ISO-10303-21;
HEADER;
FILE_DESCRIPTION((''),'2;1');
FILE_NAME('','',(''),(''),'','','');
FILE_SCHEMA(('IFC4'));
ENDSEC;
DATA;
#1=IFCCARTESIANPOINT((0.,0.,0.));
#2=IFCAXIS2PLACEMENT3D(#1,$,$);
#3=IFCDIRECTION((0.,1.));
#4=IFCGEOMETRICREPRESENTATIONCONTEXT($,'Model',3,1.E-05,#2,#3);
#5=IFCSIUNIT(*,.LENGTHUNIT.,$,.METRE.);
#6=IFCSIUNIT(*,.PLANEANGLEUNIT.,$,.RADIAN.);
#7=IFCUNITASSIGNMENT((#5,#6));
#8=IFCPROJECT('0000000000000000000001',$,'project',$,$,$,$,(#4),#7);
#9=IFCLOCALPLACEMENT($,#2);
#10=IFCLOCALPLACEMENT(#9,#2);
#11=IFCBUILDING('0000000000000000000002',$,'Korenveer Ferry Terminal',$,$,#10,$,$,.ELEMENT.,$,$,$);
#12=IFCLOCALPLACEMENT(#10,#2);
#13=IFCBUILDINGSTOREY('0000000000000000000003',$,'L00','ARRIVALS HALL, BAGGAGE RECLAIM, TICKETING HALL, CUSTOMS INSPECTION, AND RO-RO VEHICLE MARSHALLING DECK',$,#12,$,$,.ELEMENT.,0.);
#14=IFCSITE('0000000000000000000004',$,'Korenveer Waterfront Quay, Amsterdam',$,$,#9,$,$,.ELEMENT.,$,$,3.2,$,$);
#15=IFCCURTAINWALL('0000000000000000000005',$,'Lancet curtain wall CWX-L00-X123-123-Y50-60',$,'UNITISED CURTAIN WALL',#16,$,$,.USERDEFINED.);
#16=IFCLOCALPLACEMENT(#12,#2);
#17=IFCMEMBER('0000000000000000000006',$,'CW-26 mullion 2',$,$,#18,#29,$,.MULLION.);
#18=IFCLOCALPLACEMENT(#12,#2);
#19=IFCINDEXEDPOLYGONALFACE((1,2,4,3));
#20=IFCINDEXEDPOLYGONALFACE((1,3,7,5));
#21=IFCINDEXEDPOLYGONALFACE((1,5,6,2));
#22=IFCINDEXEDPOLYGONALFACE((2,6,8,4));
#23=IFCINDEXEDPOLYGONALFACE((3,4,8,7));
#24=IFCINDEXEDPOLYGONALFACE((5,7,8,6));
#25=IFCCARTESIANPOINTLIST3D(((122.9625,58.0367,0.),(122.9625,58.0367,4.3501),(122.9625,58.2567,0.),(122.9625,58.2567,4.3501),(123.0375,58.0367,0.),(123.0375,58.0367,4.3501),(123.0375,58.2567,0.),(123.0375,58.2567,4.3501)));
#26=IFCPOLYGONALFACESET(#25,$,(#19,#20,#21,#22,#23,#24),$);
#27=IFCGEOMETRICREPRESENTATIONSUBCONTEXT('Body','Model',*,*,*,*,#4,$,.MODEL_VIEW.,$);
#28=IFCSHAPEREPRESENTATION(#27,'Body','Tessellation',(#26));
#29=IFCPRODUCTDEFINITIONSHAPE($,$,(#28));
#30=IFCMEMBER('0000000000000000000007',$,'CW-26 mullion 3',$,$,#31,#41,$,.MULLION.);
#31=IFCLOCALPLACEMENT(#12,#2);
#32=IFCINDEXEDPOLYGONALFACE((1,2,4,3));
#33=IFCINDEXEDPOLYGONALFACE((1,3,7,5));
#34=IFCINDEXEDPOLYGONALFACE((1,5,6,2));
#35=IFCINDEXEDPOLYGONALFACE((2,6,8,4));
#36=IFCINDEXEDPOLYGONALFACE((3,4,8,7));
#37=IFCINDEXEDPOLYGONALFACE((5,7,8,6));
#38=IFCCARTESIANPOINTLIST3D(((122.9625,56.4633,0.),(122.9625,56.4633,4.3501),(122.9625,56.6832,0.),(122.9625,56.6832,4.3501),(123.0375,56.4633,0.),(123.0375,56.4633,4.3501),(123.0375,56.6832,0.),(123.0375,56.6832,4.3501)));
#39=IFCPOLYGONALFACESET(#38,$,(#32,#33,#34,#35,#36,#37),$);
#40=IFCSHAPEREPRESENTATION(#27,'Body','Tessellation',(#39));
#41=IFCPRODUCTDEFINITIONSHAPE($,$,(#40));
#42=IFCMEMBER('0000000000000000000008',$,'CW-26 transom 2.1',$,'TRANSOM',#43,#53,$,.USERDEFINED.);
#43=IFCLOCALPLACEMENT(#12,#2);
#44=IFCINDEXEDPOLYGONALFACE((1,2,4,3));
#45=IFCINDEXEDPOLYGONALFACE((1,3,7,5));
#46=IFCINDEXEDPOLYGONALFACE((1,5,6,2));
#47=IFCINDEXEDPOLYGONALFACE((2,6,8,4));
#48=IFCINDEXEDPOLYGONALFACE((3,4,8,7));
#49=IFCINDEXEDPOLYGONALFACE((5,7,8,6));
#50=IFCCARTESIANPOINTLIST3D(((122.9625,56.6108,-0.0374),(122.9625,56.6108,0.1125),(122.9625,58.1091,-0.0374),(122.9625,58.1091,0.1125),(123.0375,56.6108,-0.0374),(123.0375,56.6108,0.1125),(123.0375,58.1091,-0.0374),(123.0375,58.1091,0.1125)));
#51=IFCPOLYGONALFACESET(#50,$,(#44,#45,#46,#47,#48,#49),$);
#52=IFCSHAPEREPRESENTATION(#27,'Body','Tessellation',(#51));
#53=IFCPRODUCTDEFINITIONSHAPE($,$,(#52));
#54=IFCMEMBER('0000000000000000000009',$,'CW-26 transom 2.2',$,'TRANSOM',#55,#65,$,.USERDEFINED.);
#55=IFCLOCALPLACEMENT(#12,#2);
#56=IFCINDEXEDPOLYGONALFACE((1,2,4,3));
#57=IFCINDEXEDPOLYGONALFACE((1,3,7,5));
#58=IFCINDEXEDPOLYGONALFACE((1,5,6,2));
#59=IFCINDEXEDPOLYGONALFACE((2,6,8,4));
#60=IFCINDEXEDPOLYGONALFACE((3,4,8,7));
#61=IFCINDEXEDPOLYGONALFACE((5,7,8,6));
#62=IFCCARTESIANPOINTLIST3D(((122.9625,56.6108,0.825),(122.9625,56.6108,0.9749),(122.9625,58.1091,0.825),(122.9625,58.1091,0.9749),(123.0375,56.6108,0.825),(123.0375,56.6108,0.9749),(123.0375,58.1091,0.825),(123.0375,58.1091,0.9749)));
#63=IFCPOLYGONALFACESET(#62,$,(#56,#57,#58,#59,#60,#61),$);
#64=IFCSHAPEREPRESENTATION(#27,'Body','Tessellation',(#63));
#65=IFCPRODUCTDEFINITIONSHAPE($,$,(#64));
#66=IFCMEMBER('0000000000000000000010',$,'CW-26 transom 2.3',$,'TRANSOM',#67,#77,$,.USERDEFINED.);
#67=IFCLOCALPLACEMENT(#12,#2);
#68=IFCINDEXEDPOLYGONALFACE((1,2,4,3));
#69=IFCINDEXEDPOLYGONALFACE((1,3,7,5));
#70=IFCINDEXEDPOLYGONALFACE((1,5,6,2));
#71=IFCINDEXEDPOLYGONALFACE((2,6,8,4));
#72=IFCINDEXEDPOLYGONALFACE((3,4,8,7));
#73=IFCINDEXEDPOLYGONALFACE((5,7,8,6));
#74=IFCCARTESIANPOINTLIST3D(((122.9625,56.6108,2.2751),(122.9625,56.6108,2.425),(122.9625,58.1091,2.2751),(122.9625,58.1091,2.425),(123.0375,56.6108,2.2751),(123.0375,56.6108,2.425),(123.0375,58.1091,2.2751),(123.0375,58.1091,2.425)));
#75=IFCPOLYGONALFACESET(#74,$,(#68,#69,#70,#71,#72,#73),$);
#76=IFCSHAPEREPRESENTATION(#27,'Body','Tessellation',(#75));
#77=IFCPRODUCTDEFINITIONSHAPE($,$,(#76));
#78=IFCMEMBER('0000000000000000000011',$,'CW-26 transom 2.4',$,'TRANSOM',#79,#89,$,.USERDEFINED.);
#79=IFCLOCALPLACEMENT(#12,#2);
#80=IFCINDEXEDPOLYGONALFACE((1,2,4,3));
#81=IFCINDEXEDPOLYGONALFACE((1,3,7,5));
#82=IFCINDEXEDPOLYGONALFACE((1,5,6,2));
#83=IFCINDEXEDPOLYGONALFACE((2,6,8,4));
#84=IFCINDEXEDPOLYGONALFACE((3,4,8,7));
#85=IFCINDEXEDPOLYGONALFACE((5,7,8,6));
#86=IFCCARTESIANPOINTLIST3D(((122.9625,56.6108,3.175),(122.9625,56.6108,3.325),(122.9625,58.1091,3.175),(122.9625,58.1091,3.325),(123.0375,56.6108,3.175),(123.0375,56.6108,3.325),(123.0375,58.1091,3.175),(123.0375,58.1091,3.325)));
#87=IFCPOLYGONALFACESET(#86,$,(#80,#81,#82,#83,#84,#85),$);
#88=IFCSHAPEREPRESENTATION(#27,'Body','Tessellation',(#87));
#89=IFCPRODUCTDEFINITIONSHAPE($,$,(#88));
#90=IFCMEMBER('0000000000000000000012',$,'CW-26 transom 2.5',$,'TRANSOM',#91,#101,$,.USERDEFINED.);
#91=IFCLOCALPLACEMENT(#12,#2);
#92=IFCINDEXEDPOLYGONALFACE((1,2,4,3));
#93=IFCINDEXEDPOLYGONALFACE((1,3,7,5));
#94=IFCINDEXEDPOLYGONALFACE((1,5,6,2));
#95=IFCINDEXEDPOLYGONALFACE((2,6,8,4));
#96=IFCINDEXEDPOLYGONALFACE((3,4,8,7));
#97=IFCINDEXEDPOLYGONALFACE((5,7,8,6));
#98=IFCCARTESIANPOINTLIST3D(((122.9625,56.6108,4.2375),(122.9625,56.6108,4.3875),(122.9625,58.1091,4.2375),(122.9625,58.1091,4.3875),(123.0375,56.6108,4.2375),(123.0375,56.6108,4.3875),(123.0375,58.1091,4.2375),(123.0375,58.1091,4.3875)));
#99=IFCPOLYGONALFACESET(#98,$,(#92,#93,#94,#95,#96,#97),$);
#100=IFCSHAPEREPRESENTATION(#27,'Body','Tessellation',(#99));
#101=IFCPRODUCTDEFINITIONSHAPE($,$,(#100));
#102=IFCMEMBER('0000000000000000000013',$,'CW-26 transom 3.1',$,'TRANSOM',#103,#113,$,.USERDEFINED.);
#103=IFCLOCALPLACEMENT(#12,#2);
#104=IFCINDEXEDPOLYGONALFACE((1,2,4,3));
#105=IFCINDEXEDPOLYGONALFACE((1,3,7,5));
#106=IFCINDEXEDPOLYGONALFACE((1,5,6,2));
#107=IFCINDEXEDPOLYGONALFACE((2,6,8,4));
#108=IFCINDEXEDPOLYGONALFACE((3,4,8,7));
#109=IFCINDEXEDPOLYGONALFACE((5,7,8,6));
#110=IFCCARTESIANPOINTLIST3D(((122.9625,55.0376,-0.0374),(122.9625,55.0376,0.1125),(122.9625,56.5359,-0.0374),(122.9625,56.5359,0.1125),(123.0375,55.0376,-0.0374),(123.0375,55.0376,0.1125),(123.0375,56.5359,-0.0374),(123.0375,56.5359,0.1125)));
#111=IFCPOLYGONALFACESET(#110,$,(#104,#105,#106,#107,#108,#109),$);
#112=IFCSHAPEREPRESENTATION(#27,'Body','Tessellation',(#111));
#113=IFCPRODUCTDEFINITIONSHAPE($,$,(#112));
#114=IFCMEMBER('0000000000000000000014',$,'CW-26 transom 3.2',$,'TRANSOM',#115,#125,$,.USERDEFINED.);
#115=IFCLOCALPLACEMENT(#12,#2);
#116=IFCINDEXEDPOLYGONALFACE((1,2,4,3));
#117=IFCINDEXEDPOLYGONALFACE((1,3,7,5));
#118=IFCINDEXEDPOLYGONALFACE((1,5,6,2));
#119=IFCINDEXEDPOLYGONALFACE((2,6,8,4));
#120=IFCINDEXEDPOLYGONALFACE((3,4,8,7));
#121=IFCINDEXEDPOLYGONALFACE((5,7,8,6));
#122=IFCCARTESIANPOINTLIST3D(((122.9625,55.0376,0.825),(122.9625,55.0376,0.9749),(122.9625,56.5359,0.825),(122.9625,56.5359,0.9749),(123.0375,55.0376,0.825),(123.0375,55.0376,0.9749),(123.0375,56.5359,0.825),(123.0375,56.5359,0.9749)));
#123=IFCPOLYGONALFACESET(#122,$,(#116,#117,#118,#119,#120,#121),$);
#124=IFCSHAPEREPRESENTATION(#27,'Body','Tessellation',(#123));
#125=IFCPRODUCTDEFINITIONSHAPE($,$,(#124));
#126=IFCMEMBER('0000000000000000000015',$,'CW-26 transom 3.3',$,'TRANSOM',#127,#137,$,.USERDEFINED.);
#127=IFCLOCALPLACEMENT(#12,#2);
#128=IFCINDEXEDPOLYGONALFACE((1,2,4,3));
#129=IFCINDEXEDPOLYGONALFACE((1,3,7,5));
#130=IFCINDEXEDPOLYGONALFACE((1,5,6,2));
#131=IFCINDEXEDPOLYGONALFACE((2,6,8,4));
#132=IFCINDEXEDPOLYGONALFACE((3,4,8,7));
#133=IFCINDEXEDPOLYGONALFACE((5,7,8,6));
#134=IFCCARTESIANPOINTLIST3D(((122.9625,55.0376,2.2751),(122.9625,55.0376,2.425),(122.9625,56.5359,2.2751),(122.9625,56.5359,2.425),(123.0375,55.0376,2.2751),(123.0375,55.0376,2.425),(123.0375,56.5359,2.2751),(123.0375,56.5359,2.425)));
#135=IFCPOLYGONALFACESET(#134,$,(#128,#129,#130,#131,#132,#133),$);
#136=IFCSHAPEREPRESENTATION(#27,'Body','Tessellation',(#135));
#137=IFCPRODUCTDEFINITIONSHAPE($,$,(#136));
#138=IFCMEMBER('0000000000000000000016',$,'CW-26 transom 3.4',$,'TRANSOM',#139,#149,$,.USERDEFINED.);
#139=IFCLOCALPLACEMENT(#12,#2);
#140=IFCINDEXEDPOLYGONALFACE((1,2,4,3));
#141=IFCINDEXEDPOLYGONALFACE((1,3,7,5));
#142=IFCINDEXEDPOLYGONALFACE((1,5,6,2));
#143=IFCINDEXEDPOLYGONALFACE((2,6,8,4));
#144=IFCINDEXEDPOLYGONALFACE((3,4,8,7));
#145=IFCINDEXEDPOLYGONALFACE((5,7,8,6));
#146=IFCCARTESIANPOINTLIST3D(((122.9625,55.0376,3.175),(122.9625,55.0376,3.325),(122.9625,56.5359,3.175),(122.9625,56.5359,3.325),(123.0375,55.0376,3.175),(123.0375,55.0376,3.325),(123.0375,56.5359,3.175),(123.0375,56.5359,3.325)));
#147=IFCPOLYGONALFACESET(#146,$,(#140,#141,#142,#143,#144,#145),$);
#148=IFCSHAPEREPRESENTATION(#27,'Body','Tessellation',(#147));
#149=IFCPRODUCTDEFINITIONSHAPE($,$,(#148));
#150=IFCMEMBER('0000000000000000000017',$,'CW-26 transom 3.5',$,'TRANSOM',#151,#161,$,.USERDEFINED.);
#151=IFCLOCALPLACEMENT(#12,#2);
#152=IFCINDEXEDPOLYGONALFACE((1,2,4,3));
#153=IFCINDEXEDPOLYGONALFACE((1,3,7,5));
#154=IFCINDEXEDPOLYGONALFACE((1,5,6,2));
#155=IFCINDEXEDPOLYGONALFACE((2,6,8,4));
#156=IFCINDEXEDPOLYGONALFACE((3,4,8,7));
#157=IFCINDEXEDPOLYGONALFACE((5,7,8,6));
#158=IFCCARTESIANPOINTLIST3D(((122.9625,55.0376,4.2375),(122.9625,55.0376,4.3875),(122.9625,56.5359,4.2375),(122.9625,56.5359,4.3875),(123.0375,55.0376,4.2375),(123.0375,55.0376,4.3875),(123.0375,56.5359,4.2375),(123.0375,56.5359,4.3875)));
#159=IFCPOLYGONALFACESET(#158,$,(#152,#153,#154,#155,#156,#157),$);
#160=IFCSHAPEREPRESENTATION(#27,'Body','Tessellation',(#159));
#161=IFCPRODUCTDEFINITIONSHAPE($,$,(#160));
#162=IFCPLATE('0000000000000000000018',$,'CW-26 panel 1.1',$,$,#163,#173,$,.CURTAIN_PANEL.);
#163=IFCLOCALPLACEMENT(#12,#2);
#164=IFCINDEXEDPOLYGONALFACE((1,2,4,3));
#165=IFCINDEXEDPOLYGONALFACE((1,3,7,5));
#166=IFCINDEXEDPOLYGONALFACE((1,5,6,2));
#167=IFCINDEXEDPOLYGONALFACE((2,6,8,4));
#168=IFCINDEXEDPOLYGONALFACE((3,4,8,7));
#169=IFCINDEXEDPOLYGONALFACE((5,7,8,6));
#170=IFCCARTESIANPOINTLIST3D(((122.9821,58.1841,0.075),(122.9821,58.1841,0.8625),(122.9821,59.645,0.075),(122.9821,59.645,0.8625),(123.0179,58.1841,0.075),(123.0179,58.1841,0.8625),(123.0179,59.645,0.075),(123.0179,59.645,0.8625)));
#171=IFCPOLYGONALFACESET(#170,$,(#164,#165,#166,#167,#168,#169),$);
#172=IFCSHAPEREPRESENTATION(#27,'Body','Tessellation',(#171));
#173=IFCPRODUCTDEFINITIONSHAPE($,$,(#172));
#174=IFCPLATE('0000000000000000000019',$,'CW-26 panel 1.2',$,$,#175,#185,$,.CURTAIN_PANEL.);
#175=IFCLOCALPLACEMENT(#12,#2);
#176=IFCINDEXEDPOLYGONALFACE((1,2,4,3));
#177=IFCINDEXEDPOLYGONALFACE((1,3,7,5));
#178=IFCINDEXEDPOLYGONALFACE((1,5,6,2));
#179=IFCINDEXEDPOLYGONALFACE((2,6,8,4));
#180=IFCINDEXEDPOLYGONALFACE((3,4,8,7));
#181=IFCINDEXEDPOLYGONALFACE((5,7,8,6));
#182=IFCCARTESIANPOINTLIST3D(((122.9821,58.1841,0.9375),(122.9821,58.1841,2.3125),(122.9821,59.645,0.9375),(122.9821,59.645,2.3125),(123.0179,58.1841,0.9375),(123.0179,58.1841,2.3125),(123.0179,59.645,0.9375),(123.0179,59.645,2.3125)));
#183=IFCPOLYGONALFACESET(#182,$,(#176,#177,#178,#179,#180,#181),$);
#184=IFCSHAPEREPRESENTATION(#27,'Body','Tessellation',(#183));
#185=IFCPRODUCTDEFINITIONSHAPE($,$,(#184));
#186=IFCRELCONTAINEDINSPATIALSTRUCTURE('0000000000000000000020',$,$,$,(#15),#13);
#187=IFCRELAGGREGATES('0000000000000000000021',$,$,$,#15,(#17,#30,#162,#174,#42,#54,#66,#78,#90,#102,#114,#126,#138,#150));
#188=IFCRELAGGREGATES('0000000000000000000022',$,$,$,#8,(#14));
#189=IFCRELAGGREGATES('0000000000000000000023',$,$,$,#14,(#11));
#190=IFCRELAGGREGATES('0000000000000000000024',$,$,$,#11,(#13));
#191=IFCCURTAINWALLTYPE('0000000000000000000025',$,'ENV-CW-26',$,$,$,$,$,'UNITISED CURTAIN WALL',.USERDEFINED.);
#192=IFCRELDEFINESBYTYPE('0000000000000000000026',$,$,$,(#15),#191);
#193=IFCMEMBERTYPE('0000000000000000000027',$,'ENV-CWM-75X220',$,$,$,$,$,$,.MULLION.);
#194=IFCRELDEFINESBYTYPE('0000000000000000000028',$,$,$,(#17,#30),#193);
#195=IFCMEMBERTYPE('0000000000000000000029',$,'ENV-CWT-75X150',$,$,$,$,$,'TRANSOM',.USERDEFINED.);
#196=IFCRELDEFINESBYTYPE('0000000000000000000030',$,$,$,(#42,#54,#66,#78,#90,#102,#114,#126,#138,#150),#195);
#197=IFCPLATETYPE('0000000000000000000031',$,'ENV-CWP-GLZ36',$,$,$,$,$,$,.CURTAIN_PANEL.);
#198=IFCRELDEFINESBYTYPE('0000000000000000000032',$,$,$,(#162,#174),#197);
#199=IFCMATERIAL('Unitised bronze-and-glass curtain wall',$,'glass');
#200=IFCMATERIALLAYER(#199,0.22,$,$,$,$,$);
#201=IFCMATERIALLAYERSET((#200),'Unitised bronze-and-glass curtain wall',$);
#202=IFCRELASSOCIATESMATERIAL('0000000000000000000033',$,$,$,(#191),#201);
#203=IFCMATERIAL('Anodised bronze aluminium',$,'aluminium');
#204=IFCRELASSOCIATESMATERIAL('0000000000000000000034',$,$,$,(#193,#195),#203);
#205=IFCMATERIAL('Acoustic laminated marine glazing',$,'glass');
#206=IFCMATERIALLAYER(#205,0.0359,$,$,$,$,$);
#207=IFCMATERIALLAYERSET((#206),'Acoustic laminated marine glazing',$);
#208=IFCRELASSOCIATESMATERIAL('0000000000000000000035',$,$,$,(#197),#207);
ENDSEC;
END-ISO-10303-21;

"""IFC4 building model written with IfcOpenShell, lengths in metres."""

from ifc_helpers import new_model, si_unit, direction, frame, origin, origin_2d, place, context, subcontext, project, spatial, rectangle, extrude, material, layer, layer_set, material_profile, profile_set, type_object, element, aggregate, save


model = new_model("IFC4")

# Units and contexts
model_context = context("Model", 3, precision=1e-05, world=origin(), true_north=direction((0.0, 1.0)))
body_context = subcontext(model_context, "Body", "Model", "MODEL_VIEW")
ifc_project = project(units=[si_unit("LENGTHUNIT", "METRE"), si_unit("PLANEANGLEUNIT", "RADIAN")], contexts=[model_context])

# Site, building, storey
site_placement = place(None, origin())
site = spatial("IfcSite", under=ifc_project, at=site_placement, Name="Korenveer Waterfront Quay, Amsterdam", CompositionType="ELEMENT", RefElevation=3.2)
building_placement = place(site_placement, origin())
building = spatial("IfcBuilding", under=site, at=building_placement, Name="Korenveer Ferry Terminal", CompositionType="ELEMENT")
storey_placement = place(building_placement, origin())
storey = spatial("IfcBuildingStorey", under=building, at=storey_placement, Name="L00", Description="ARRIVALS HALL, BAGGAGE RECLAIM, TICKETING HALL, CUSTOMS INSPECTION, AND RO-RO VEHICLE MARSHALLING DECK", CompositionType="ELEMENT", Elevation=0.0)

# Curtain wall, members, plates
ifc_material_1 = material(Name="Unitised bronze-and-glass curtain wall", Category="glass")
ifc_layer_1 = layer(ifc_material_1, 0.22)
ifc_layer_set_1 = layer_set([ifc_layer_1], Name="Unitised bronze-and-glass curtain wall")
curtain_wall_type = type_object("IfcCurtainWallType", Name="ENV-CW-26", ElementType="UNITISED CURTAIN WALL", PredefinedType="USERDEFINED", material=ifc_layer_set_1)
curtain_wall_placement = place(storey_placement, frame((123.0, 59.72, 0.0)))
curtain_wall = element("IfcCurtainWall", 1, at=curtain_wall_placement, inside=storey, type_object=curtain_wall_type, Name="Lancet curtain wall CWX-L00-X123-123-Y50-60", ObjectType="UNITISED CURTAIN WALL", PredefinedType="USERDEFINED")
ifc_material_2 = material(Name="Anodised bronze aluminium", Category="aluminium")
ifc_material_profile_1 = material_profile(ifc_material_2, rectangle(XDim=0.075, YDim=0.22, at=origin_2d()), Name="ALU 75x220")
ifc_profile_set_1 = profile_set([ifc_material_profile_1], Name="Anodised bronze aluminium")
member_type_1 = type_object("IfcMemberType", Name="ENV-CWM-75X220", PredefinedType="MULLION", material=ifc_profile_set_1)
member_1_placement = place(storey_placement, frame((123.0, 58.1467, 0.0), z_axis=(0.0, 0.0, 1.0), x_axis=(1.0, 0.0, 0.0)))
member_1 = element("IfcMember", 2, at=member_1_placement, type_object=member_type_1, Name="CW-26 mullion 2", PredefinedType="MULLION", context=body_context, shape_type="SweptSolid", body=[
    extrude(rectangle(XDim=0.075, YDim=0.22, at=origin_2d()), origin(), (0.0, 0.0, 1.0), 4.3501),
])
member_2_placement = place(storey_placement, frame((123.0, 56.5732, 0.0), z_axis=(0.0, 0.0, 1.0), x_axis=(1.0, 0.0, 0.0)))
member_2 = element("IfcMember", 3, at=member_2_placement, type_object=member_type_1, Name="CW-26 mullion 3", PredefinedType="MULLION", context=body_context, shape_type="SweptSolid", body=[
    extrude(rectangle(XDim=0.075, YDim=0.22, at=origin_2d()), origin(), (0.0, 0.0, 1.0), 4.3501),
])
ifc_material_profile_2 = material_profile(ifc_material_2, rectangle(XDim=0.075, YDim=0.1499, at=origin_2d()), Name="ALU 75x150")
ifc_profile_set_2 = profile_set([ifc_material_profile_2], Name="Anodised bronze aluminium")
member_type_2 = type_object("IfcMemberType", Name="ENV-CWT-75X150", ElementType="TRANSOM", PredefinedType="USERDEFINED", material=ifc_profile_set_2)
member_3_placement = place(storey_placement, frame((123.0, 58.1091, 0.0376), z_axis=(0.0, -1.0, 0.0), x_axis=(1.0, 0.0, 0.0)))
member_3 = element("IfcMember", 4, at=member_3_placement, type_object=member_type_2, Name="CW-26 transom 2.1", ObjectType="TRANSOM", PredefinedType="USERDEFINED", context=body_context, shape_type="SweptSolid", body=[
    extrude(rectangle(XDim=0.075, YDim=0.1499, at=origin_2d()), origin(), (0.0, 0.0, 1.0), 1.4983),
])
member_4_placement = place(storey_placement, frame((123.0, 58.1091, 0.8999), z_axis=(0.0, -1.0, 0.0), x_axis=(1.0, 0.0, 0.0)))
member_4 = element("IfcMember", 5, at=member_4_placement, type_object=member_type_2, Name="CW-26 transom 2.2", ObjectType="TRANSOM", PredefinedType="USERDEFINED", context=body_context, shape_type="SweptSolid", body=[
    extrude(rectangle(XDim=0.075, YDim=0.1499, at=origin_2d()), origin(), (0.0, 0.0, 1.0), 1.4983),
])
member_5_placement = place(storey_placement, frame((123.0, 58.1091, 2.3501), z_axis=(0.0, -1.0, 0.0), x_axis=(1.0, 0.0, 0.0)))
member_5 = element("IfcMember", 6, at=member_5_placement, type_object=member_type_2, Name="CW-26 transom 2.3", ObjectType="TRANSOM", PredefinedType="USERDEFINED", context=body_context, shape_type="SweptSolid", body=[
    extrude(rectangle(XDim=0.075, YDim=0.1499, at=origin_2d()), origin(), (0.0, 0.0, 1.0), 1.4983),
])
member_6_placement = place(storey_placement, frame((123.0, 58.1091, 3.25), z_axis=(0.0, -1.0, 0.0), x_axis=(1.0, 0.0, 0.0)))
member_6 = element("IfcMember", 7, at=member_6_placement, type_object=member_type_2, Name="CW-26 transom 2.4", ObjectType="TRANSOM", PredefinedType="USERDEFINED", context=body_context, shape_type="SweptSolid", body=[
    extrude(rectangle(XDim=0.075, YDim=0.1499, at=origin_2d()), origin(), (0.0, 0.0, 1.0), 1.4983),
])
member_7_placement = place(storey_placement, frame((123.0, 58.1091, 4.3125), z_axis=(0.0, -1.0, 0.0), x_axis=(1.0, 0.0, 0.0)))
member_7 = element("IfcMember", 8, at=member_7_placement, type_object=member_type_2, Name="CW-26 transom 2.5", ObjectType="TRANSOM", PredefinedType="USERDEFINED", context=body_context, shape_type="SweptSolid", body=[
    extrude(rectangle(XDim=0.075, YDim=0.1499, at=origin_2d()), origin(), (0.0, 0.0, 1.0), 1.4983),
])
member_8_placement = place(storey_placement, frame((123.0, 56.5359, 0.0376), z_axis=(0.0, -1.0, 0.0), x_axis=(1.0, 0.0, 0.0)))
member_8 = element("IfcMember", 9, at=member_8_placement, type_object=member_type_2, Name="CW-26 transom 3.1", ObjectType="TRANSOM", PredefinedType="USERDEFINED", context=body_context, shape_type="SweptSolid", body=[
    extrude(rectangle(XDim=0.075, YDim=0.1499, at=origin_2d()), origin(), (0.0, 0.0, 1.0), 1.4983),
])
member_9_placement = place(storey_placement, frame((123.0, 56.5359, 0.8999), z_axis=(0.0, -1.0, 0.0), x_axis=(1.0, 0.0, 0.0)))
member_9 = element("IfcMember", 10, at=member_9_placement, type_object=member_type_2, Name="CW-26 transom 3.2", ObjectType="TRANSOM", PredefinedType="USERDEFINED", context=body_context, shape_type="SweptSolid", body=[
    extrude(rectangle(XDim=0.075, YDim=0.1499, at=origin_2d()), origin(), (0.0, 0.0, 1.0), 1.4983),
])
member_10_placement = place(storey_placement, frame((123.0, 56.5359, 2.3501), z_axis=(0.0, -1.0, 0.0), x_axis=(1.0, 0.0, 0.0)))
member_10 = element("IfcMember", 11, at=member_10_placement, type_object=member_type_2, Name="CW-26 transom 3.3", ObjectType="TRANSOM", PredefinedType="USERDEFINED", context=body_context, shape_type="SweptSolid", body=[
    extrude(rectangle(XDim=0.075, YDim=0.1499, at=origin_2d()), origin(), (0.0, 0.0, 1.0), 1.4983),
])
member_11_placement = place(storey_placement, frame((123.0, 56.5359, 3.25), z_axis=(0.0, -1.0, 0.0), x_axis=(1.0, 0.0, 0.0)))
member_11 = element("IfcMember", 12, at=member_11_placement, type_object=member_type_2, Name="CW-26 transom 3.4", ObjectType="TRANSOM", PredefinedType="USERDEFINED", context=body_context, shape_type="SweptSolid", body=[
    extrude(rectangle(XDim=0.075, YDim=0.1499, at=origin_2d()), origin(), (0.0, 0.0, 1.0), 1.4983),
])
member_12_placement = place(storey_placement, frame((123.0, 56.5359, 4.3125), z_axis=(0.0, -1.0, 0.0), x_axis=(1.0, 0.0, 0.0)))
member_12 = element("IfcMember", 13, at=member_12_placement, type_object=member_type_2, Name="CW-26 transom 3.5", ObjectType="TRANSOM", PredefinedType="USERDEFINED", context=body_context, shape_type="SweptSolid", body=[
    extrude(rectangle(XDim=0.075, YDim=0.1499, at=origin_2d()), origin(), (0.0, 0.0, 1.0), 1.4983),
])
ifc_material_3 = material(Name="Acoustic laminated marine glazing", Category="glass")
ifc_layer_2 = layer(ifc_material_3, 0.0359)
ifc_layer_set_2 = layer_set([ifc_layer_2], Name="Acoustic laminated marine glazing")
plate_type = type_object("IfcPlateType", Name="ENV-CWP-GLZ36", PredefinedType="CURTAIN_PANEL", material=ifc_layer_set_2)
plate_1_placement = place(storey_placement, frame((123.0, 58.9146, 0.075), z_axis=(0.0, 0.0, 1.0), x_axis=(0.0, -1.0, 0.0)))
plate_1 = element("IfcPlate", 14, at=plate_1_placement, type_object=plate_type, Name="CW-26 panel 1.1", PredefinedType="CURTAIN_PANEL", context=body_context, shape_type="SweptSolid", body=[
    extrude(rectangle(XDim=1.4609, YDim=0.0359, at=origin_2d()), origin(), (0.0, 0.0, 1.0), 0.7876),
])
plate_2_placement = place(storey_placement, frame((123.0, 58.9146, 0.9375), z_axis=(0.0, 0.0, 1.0), x_axis=(0.0, -1.0, 0.0)))
plate_2 = element("IfcPlate", 15, at=plate_2_placement, type_object=plate_type, Name="CW-26 panel 1.2", PredefinedType="CURTAIN_PANEL", context=body_context, shape_type="SweptSolid", body=[
    extrude(rectangle(XDim=1.4609, YDim=0.0359, at=origin_2d()), origin(), (0.0, 0.0, 1.0), 1.375),
])
aggregate(curtain_wall, [member_1, member_2, plate_1, plate_2, member_3, member_4, member_5, member_6, member_7, member_8, member_9, member_10, member_11, member_12])

save(model, "model.ifc")
